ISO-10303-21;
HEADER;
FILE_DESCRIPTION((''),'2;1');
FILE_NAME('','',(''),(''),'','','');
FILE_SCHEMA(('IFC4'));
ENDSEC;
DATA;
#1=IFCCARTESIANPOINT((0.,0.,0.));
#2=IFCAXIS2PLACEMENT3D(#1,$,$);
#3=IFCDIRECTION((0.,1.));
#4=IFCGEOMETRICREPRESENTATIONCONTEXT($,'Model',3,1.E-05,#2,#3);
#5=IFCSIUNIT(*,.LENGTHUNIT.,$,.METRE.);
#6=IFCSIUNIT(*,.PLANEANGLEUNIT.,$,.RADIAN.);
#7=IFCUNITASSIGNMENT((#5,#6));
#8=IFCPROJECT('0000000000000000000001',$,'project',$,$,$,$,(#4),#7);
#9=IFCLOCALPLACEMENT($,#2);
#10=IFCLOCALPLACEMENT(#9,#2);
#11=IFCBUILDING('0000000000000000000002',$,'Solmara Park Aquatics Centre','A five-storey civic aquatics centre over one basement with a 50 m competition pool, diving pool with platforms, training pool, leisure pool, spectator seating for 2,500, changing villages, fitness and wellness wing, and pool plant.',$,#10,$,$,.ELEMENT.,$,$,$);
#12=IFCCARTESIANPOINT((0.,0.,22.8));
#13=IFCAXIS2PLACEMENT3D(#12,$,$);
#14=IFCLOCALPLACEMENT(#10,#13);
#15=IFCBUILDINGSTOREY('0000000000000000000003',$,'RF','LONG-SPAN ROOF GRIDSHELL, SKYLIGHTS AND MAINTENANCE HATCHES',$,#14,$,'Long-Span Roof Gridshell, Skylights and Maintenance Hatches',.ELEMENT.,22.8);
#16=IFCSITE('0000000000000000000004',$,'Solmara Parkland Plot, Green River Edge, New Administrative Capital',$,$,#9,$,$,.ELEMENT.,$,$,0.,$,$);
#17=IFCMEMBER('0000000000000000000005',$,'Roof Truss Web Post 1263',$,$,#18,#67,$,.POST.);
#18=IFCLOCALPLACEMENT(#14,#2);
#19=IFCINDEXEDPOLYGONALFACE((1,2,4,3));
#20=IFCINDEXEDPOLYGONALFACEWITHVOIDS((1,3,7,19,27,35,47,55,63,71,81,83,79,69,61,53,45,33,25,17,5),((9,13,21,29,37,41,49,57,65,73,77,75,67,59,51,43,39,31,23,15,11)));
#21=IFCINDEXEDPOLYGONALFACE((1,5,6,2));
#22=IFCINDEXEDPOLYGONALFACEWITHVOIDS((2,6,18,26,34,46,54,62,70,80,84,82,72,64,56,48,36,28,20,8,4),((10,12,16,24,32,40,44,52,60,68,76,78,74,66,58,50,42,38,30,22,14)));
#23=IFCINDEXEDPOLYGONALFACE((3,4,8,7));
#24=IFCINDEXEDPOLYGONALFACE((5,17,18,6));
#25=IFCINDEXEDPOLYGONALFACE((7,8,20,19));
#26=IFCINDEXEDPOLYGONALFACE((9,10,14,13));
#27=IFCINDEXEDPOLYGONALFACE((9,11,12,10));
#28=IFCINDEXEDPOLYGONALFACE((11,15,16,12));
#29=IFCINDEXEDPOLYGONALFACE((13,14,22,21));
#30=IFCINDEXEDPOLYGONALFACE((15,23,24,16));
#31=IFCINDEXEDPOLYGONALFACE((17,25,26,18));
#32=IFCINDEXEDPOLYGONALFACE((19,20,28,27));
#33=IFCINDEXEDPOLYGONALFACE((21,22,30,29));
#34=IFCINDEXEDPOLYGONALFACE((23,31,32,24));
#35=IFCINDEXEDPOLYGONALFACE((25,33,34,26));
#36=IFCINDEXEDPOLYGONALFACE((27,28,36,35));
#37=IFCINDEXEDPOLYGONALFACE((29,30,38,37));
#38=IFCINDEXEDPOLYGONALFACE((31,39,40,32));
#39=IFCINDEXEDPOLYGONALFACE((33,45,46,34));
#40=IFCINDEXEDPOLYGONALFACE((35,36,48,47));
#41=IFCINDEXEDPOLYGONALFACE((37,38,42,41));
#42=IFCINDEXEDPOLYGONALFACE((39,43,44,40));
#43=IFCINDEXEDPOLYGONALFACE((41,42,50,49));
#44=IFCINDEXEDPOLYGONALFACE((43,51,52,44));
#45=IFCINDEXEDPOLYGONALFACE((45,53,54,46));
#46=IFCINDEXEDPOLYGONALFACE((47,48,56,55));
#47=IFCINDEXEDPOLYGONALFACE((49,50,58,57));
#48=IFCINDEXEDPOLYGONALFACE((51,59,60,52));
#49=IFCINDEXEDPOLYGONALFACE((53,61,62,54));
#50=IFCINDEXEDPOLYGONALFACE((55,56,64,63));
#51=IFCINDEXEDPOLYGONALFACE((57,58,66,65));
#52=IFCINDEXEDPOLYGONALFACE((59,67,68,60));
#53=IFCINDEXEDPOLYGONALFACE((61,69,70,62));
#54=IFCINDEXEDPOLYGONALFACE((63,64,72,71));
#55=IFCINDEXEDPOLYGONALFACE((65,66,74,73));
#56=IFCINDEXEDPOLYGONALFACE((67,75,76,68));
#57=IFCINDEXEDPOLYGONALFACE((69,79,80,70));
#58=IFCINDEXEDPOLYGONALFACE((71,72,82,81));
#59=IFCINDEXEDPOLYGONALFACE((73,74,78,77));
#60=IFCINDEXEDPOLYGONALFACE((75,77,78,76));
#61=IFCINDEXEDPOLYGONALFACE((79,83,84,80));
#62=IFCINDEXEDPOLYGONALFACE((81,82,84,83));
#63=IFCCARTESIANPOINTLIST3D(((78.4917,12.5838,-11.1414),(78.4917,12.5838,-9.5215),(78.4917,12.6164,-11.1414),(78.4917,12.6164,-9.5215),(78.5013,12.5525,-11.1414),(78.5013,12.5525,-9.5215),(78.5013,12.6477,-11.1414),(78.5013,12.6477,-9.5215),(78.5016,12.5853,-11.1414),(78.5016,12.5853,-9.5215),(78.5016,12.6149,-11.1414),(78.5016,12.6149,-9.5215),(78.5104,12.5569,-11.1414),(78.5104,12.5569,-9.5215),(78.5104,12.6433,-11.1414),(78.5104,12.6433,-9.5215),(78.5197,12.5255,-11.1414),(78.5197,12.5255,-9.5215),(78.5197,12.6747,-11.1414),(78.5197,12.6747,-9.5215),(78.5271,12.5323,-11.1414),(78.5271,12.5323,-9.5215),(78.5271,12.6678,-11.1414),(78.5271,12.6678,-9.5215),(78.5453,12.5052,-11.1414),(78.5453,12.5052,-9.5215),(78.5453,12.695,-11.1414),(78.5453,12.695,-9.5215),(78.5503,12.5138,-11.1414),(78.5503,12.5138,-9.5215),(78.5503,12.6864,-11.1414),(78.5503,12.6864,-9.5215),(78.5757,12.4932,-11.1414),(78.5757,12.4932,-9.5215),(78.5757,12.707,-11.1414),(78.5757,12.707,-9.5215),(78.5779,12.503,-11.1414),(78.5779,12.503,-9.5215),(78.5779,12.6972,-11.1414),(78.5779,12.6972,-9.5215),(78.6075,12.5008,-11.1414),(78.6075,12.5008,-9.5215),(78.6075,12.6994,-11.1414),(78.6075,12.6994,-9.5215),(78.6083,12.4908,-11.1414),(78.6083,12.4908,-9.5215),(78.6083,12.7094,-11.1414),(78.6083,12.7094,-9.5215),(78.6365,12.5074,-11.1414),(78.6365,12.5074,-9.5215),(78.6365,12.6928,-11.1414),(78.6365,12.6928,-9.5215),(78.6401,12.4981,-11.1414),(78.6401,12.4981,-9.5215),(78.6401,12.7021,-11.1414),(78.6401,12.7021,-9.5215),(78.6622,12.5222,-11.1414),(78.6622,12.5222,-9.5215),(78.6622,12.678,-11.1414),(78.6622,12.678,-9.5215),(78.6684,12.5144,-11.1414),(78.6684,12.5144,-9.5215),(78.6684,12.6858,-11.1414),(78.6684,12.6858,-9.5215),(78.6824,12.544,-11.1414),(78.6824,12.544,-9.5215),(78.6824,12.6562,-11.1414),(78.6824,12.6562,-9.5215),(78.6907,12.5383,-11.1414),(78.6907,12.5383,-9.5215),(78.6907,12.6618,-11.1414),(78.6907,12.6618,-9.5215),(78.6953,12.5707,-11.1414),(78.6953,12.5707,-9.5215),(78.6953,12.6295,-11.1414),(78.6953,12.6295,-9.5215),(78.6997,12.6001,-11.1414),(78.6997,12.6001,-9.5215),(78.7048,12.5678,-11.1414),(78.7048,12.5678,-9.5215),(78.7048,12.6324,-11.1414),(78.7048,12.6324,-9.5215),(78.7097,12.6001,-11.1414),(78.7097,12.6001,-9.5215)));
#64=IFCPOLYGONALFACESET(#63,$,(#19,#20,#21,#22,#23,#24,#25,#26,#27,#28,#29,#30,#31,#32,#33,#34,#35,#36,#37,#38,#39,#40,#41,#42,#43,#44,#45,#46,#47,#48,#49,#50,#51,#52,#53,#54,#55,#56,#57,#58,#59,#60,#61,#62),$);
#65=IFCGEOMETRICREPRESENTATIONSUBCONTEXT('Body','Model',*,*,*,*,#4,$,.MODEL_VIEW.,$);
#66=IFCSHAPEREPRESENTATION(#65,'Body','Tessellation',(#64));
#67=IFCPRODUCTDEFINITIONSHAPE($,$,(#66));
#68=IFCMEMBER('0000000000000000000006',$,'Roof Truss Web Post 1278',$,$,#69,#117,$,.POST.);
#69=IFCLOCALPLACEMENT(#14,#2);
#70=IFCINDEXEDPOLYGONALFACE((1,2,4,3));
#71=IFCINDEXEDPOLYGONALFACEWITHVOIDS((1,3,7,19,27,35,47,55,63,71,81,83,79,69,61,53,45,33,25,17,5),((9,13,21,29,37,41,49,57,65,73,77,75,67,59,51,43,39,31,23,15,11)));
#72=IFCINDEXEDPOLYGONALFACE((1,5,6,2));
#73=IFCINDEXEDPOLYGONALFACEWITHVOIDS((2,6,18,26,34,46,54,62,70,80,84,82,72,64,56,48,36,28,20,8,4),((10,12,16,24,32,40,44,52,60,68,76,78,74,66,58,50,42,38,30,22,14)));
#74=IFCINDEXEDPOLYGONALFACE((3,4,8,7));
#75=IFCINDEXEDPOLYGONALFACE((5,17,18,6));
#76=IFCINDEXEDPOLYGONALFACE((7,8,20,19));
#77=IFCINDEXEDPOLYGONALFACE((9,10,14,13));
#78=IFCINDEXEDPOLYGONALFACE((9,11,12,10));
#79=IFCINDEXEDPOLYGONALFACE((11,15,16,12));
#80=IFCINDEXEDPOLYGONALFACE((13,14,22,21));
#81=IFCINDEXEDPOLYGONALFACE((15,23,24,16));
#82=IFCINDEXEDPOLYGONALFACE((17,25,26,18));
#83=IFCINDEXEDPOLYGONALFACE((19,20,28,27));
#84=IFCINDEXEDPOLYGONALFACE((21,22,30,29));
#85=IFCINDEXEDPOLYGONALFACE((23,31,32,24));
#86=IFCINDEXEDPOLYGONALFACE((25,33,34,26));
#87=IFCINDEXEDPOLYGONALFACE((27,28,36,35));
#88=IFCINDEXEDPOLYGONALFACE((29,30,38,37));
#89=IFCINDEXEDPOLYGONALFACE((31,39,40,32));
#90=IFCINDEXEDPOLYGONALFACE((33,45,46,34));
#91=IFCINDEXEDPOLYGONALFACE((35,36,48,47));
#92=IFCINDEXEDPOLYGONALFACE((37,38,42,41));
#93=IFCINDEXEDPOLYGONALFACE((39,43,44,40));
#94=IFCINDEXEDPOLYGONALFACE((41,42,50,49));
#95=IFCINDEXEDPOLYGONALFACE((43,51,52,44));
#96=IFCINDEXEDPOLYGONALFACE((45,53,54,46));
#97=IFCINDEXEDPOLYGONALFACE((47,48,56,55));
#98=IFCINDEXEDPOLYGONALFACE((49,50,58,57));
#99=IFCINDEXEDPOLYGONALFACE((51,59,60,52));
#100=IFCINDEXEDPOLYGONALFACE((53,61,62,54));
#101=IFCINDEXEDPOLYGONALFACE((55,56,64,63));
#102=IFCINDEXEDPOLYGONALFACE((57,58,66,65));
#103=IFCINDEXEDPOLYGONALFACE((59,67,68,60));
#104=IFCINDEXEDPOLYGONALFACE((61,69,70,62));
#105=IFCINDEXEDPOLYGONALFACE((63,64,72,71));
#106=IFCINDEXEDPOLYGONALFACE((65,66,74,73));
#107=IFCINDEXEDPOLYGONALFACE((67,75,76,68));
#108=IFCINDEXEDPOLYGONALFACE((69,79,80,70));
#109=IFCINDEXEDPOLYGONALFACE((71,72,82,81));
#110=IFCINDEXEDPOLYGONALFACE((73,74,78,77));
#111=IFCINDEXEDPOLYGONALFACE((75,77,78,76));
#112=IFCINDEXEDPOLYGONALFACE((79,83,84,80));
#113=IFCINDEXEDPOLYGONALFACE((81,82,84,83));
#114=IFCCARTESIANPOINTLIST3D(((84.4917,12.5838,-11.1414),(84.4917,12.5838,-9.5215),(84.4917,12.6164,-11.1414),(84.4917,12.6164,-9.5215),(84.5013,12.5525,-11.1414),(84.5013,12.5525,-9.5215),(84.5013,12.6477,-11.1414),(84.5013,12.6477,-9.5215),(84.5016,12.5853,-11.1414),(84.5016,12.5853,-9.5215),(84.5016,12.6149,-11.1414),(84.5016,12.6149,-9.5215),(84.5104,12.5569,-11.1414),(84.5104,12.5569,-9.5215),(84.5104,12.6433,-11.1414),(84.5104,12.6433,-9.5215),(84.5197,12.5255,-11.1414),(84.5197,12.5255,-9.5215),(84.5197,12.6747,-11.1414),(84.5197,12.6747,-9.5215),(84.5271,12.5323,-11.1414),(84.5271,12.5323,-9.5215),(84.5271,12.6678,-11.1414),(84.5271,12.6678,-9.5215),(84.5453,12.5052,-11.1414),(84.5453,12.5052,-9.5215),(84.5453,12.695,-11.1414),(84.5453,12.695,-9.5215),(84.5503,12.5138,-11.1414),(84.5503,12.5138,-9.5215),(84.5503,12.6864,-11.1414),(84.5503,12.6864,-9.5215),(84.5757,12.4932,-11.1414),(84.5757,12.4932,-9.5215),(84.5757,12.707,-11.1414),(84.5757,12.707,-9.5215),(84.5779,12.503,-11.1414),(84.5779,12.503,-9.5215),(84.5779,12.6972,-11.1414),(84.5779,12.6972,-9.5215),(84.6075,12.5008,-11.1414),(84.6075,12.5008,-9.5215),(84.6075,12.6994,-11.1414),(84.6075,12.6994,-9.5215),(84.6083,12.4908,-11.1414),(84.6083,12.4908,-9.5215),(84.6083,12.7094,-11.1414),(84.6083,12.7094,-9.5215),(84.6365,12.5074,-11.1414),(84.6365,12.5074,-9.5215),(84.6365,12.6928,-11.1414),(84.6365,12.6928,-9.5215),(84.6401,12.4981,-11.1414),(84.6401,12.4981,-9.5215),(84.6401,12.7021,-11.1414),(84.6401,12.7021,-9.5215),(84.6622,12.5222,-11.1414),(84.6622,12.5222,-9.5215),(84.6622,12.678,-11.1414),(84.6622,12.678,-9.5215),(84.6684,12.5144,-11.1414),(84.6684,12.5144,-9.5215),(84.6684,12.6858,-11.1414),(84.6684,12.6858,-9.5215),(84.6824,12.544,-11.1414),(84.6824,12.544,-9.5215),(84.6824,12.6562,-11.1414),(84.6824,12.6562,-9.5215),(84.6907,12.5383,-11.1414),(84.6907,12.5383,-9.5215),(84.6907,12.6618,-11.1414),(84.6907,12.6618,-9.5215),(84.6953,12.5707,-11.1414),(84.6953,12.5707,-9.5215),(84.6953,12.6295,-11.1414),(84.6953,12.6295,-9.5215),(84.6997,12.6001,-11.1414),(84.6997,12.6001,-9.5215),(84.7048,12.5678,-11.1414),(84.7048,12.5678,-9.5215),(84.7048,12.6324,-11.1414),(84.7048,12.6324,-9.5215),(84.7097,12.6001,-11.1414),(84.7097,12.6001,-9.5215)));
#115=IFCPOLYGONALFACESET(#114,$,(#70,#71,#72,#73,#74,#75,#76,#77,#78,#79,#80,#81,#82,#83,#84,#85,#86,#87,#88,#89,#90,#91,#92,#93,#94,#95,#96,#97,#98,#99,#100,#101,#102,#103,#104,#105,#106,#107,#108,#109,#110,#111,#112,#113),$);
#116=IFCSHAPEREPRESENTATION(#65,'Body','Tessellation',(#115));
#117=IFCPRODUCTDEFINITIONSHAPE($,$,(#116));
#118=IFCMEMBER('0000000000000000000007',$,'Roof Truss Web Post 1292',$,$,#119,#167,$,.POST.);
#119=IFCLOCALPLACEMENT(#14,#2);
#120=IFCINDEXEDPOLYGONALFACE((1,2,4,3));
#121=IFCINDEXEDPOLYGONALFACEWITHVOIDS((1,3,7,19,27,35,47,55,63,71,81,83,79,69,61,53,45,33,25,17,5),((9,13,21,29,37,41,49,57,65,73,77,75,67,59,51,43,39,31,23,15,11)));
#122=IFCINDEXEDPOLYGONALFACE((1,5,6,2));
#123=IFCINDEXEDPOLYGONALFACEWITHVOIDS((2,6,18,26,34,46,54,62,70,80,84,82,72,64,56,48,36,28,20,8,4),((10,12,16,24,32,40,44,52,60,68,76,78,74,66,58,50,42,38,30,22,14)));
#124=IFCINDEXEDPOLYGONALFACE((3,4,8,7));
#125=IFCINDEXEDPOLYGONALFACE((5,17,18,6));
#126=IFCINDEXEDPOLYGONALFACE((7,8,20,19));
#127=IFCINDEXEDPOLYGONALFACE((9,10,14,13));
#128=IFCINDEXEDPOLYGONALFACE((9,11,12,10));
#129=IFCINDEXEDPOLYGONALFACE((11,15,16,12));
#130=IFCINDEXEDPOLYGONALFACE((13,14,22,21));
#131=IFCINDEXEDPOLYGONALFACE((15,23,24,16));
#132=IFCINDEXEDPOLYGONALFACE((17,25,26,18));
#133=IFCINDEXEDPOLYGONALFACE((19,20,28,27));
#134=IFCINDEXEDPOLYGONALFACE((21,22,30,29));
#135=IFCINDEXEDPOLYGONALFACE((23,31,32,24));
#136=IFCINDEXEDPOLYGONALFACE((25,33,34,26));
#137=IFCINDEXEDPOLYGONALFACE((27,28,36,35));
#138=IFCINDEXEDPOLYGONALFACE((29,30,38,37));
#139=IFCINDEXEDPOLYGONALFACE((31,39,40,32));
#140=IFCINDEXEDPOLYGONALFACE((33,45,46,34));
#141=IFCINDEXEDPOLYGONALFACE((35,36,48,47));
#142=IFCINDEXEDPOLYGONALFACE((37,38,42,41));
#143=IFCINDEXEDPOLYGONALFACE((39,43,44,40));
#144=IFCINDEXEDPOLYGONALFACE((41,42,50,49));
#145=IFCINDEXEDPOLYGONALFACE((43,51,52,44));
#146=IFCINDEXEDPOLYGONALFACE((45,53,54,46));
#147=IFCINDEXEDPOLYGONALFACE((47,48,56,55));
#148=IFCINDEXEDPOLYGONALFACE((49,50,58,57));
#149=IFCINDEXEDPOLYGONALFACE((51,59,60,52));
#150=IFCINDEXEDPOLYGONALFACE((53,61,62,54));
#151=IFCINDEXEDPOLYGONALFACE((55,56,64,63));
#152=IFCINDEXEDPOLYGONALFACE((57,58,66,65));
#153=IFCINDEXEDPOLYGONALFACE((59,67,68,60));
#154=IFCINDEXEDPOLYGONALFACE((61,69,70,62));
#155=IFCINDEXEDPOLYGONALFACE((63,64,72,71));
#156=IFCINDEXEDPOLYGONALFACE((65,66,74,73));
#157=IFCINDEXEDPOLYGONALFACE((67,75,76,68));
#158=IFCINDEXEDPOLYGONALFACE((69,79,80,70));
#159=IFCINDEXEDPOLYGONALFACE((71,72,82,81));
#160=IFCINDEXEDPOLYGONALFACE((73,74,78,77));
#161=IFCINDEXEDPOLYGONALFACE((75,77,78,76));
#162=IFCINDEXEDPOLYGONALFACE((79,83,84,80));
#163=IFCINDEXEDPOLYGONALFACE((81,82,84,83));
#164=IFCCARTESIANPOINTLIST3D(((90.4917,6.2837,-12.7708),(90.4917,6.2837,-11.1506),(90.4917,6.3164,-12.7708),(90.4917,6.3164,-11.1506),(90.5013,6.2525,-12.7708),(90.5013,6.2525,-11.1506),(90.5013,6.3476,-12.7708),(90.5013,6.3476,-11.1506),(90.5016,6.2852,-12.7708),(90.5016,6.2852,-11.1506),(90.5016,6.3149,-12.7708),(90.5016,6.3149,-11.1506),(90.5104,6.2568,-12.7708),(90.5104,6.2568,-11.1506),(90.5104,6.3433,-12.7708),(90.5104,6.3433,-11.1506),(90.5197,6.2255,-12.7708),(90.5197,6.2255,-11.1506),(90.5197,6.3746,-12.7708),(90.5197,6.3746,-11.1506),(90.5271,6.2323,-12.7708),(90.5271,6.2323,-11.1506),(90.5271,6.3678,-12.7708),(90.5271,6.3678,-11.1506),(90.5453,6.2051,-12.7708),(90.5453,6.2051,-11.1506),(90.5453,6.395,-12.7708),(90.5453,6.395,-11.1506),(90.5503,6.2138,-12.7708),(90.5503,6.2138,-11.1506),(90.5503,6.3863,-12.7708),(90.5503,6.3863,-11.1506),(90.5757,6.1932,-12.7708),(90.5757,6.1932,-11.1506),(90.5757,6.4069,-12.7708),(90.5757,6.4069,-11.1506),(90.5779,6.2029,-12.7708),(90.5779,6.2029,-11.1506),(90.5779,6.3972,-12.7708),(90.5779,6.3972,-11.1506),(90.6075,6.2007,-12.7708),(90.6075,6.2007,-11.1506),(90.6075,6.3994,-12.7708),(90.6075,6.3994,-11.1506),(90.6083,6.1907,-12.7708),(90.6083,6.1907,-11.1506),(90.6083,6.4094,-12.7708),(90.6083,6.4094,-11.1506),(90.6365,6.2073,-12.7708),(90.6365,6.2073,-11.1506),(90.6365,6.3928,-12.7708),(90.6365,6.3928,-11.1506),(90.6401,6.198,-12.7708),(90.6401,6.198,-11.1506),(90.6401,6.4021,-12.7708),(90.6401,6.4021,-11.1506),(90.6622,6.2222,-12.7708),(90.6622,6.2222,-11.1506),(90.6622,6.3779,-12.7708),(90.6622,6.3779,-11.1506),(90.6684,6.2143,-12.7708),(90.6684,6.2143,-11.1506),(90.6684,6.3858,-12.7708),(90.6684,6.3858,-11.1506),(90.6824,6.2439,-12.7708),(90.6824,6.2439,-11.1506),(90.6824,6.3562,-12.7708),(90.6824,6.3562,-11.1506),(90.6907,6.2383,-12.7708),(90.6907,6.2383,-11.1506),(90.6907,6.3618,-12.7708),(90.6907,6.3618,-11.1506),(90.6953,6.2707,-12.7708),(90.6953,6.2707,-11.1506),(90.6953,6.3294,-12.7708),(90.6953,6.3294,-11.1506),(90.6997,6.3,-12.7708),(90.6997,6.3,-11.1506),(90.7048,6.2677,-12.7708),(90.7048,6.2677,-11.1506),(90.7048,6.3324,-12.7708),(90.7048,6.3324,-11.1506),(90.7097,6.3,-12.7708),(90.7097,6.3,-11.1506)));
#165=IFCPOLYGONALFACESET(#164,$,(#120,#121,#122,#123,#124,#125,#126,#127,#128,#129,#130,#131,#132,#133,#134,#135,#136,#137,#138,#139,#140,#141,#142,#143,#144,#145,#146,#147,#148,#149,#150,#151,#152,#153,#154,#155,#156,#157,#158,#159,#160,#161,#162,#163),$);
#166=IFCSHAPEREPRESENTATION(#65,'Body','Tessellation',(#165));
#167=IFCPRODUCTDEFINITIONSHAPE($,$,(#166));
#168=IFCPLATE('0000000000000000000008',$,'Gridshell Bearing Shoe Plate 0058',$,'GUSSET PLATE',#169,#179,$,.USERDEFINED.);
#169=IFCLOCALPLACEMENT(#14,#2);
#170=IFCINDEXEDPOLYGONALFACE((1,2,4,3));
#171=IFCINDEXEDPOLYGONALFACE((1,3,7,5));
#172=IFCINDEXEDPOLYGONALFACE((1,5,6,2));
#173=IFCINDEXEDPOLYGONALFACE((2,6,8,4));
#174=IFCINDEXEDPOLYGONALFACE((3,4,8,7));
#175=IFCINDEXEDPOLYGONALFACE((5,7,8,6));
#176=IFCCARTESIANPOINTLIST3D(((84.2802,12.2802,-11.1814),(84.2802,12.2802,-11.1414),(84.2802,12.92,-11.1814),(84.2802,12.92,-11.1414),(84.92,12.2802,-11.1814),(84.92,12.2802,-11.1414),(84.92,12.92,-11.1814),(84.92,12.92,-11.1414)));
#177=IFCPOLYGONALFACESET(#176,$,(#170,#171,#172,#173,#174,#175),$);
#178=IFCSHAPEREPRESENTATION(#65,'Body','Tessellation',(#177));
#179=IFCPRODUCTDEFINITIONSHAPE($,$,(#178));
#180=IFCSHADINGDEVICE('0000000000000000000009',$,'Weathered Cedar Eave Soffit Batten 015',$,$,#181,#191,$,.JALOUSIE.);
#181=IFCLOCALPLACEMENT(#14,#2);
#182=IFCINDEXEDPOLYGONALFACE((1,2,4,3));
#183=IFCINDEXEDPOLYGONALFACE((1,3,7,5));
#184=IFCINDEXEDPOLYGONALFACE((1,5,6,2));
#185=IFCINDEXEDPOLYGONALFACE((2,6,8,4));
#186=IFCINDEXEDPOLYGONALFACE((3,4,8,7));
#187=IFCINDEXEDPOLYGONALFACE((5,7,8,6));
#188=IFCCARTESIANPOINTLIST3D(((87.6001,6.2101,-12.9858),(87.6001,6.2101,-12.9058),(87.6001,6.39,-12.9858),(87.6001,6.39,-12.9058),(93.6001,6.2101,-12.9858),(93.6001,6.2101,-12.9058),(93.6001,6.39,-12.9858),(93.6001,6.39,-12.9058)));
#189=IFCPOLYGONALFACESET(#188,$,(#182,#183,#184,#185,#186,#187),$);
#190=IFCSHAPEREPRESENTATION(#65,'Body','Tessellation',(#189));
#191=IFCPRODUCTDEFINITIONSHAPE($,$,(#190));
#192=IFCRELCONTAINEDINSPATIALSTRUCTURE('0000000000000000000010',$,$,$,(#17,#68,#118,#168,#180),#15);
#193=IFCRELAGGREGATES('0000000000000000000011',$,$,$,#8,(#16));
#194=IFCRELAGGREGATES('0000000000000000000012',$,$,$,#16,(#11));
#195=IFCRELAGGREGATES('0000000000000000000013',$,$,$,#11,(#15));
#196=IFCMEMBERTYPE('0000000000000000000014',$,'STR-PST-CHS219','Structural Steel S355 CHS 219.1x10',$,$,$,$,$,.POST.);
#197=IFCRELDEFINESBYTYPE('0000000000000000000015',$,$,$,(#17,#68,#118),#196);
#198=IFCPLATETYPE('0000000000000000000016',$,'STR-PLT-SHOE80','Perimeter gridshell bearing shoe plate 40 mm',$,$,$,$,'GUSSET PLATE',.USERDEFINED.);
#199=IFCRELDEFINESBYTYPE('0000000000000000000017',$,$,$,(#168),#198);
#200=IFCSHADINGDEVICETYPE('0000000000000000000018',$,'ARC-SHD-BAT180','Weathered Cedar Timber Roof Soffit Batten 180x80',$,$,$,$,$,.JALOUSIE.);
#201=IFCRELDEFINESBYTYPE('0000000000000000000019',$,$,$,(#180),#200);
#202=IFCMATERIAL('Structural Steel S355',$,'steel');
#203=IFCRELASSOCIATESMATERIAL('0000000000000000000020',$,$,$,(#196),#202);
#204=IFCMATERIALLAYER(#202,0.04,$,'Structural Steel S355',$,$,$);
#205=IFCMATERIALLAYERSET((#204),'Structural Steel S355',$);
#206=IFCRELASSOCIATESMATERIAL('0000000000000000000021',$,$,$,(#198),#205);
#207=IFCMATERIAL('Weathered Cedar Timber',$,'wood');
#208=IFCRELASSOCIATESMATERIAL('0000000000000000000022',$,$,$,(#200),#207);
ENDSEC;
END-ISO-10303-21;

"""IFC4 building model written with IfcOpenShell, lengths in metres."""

from ifc_helpers import new_model, si_unit, direction, frame, origin, origin_2d, place, context, subcontext, project, spatial, rectangle, hollow_circle, extrude, material, layer, layer_set, material_profile, profile_set, type_object, element, save


model = new_model("IFC4")

# Units and contexts
model_context = context("Model", 3, precision=1e-05, world=origin(), true_north=direction((0.0, 1.0)))
body_context = subcontext(model_context, "Body", "Model", "MODEL_VIEW")
ifc_project = project(units=[si_unit("LENGTHUNIT", "METRE"), si_unit("PLANEANGLEUNIT", "RADIAN")], contexts=[model_context])

# Site, building, storey
site_placement = place(None, origin())
site = spatial("IfcSite", under=ifc_project, at=site_placement, Name="Solmara Parkland Plot, Green River Edge, New Administrative Capital", CompositionType="ELEMENT", RefElevation=0.0)
building_placement = place(site_placement, origin())
building = spatial("IfcBuilding", under=site, at=building_placement, Name="Solmara Park Aquatics Centre", Description="A five-storey civic aquatics centre over one basement with a 50 m competition pool, diving pool with platforms, training pool, leisure pool, spectator seating for 2,500, changing villages, fitness and wellness wing, and pool plant.", CompositionType="ELEMENT")
storey_placement = place(building_placement, frame((0.0, 0.0, 22.8)))
storey = spatial("IfcBuildingStorey", under=building, at=storey_placement, Name="RF", Description="LONG-SPAN ROOF GRIDSHELL, SKYLIGHTS AND MAINTENANCE HATCHES", LongName="Long-Span Roof Gridshell, Skylights and Maintenance Hatches", CompositionType="ELEMENT", Elevation=22.8)

# Members
ifc_material_1 = material(Name="Structural Steel S355", Category="steel")
ifc_material_profile_1 = material_profile(ifc_material_1, hollow_circle(Radius=0.1096, WallThickness=0.01, at=origin_2d()), Name="CHS 219.1x10")
ifc_profile_set_1 = profile_set([ifc_material_profile_1], Name="Structural Steel S355")
member_type_1 = type_object("IfcMemberType", Name="STR-PST-CHS219", Description="Structural Steel S355 CHS 219.1x10", PredefinedType="POST", material=ifc_profile_set_1)
for number, where, z_axis, x_axis, name in (
    (1, (78.6001, 12.6001, -11.1414), (0.0, 0.0, 1.0), (1.0, 0.0, 0.0), "Roof Truss Web Post 1263"),
    (2, (84.6001, 12.6001, -11.1414), (0.0, 0.0, 1.0), (1.0, 0.0, 0.0), "Roof Truss Web Post 1278"),
):
    element("IfcMember", number, at=place(storey_placement, frame(where, z_axis=z_axis, x_axis=x_axis)), inside=storey, type_object=member_type_1, Name=name, PredefinedType="POST", context=body_context, shape_type="SweptSolid", body=[
        extrude(hollow_circle(Radius=0.1096, WallThickness=0.01, at=origin_2d()), origin(), (0.0, 0.0, 1.0), 1.6199),
    ])
member_1_placement = place(storey_placement, frame((90.6001, 6.3, -12.7708), z_axis=(0.0, 0.0, 1.0), x_axis=(1.0, 0.0, 0.0)))
element("IfcMember", 3, at=member_1_placement, inside=storey, type_object=member_type_1, Name="Roof Truss Web Post 1292", PredefinedType="POST", context=body_context, shape_type="SweptSolid", body=[
    extrude(hollow_circle(Radius=0.1096, WallThickness=0.01, at=origin_2d()), origin(), (0.0, 0.0, 1.0), 1.6201),
])

# Plate
ifc_layer = layer(ifc_material_1, 0.04, Name="Structural Steel S355")
ifc_layer_set = layer_set([ifc_layer], Name="Structural Steel S355")
plate_type = type_object("IfcPlateType", Name="STR-PLT-SHOE80", Description="Perimeter gridshell bearing shoe plate 40 mm", ElementType="GUSSET PLATE", PredefinedType="USERDEFINED", material=ifc_layer_set)
plate_placement = place(storey_placement, frame((84.6001, 12.6001, -11.1814), z_axis=(0.0, 0.0, 1.0), x_axis=(1.0, 0.0, 0.0)))
element("IfcPlate", 4, at=plate_placement, inside=storey, type_object=plate_type, Name="Gridshell Bearing Shoe Plate 0058", ObjectType="GUSSET PLATE", PredefinedType="USERDEFINED", context=body_context, shape_type="SweptSolid", body=[
    extrude(rectangle(XDim=0.6399, YDim=0.6399, at=origin_2d()), origin(), (0.0, 0.0, 1.0), 0.04),
])

# Shading device
ifc_material_2 = material(Name="Weathered Cedar Timber", Category="wood")
shading_device_type = type_object("IfcShadingDeviceType", Name="ARC-SHD-BAT180", Description="Weathered Cedar Timber Roof Soffit Batten 180x80", PredefinedType="JALOUSIE", material=ifc_material_2)
shading_device_placement = place(storey_placement, frame((90.6001, 6.3, -12.9858), z_axis=(0.0, 0.0, 1.0), x_axis=(1.0, 0.0, 0.0)))
element("IfcShadingDevice", 5, at=shading_device_placement, inside=storey, type_object=shading_device_type, Name="Weathered Cedar Eave Soffit Batten 015", PredefinedType="JALOUSIE", context=body_context, shape_type="SweptSolid", body=[
    extrude(rectangle(XDim=6.0, YDim=0.1799, at=origin_2d()), origin(), (0.0, 0.0, 1.0), 0.0801),
])

save(model, "model.ifc")
